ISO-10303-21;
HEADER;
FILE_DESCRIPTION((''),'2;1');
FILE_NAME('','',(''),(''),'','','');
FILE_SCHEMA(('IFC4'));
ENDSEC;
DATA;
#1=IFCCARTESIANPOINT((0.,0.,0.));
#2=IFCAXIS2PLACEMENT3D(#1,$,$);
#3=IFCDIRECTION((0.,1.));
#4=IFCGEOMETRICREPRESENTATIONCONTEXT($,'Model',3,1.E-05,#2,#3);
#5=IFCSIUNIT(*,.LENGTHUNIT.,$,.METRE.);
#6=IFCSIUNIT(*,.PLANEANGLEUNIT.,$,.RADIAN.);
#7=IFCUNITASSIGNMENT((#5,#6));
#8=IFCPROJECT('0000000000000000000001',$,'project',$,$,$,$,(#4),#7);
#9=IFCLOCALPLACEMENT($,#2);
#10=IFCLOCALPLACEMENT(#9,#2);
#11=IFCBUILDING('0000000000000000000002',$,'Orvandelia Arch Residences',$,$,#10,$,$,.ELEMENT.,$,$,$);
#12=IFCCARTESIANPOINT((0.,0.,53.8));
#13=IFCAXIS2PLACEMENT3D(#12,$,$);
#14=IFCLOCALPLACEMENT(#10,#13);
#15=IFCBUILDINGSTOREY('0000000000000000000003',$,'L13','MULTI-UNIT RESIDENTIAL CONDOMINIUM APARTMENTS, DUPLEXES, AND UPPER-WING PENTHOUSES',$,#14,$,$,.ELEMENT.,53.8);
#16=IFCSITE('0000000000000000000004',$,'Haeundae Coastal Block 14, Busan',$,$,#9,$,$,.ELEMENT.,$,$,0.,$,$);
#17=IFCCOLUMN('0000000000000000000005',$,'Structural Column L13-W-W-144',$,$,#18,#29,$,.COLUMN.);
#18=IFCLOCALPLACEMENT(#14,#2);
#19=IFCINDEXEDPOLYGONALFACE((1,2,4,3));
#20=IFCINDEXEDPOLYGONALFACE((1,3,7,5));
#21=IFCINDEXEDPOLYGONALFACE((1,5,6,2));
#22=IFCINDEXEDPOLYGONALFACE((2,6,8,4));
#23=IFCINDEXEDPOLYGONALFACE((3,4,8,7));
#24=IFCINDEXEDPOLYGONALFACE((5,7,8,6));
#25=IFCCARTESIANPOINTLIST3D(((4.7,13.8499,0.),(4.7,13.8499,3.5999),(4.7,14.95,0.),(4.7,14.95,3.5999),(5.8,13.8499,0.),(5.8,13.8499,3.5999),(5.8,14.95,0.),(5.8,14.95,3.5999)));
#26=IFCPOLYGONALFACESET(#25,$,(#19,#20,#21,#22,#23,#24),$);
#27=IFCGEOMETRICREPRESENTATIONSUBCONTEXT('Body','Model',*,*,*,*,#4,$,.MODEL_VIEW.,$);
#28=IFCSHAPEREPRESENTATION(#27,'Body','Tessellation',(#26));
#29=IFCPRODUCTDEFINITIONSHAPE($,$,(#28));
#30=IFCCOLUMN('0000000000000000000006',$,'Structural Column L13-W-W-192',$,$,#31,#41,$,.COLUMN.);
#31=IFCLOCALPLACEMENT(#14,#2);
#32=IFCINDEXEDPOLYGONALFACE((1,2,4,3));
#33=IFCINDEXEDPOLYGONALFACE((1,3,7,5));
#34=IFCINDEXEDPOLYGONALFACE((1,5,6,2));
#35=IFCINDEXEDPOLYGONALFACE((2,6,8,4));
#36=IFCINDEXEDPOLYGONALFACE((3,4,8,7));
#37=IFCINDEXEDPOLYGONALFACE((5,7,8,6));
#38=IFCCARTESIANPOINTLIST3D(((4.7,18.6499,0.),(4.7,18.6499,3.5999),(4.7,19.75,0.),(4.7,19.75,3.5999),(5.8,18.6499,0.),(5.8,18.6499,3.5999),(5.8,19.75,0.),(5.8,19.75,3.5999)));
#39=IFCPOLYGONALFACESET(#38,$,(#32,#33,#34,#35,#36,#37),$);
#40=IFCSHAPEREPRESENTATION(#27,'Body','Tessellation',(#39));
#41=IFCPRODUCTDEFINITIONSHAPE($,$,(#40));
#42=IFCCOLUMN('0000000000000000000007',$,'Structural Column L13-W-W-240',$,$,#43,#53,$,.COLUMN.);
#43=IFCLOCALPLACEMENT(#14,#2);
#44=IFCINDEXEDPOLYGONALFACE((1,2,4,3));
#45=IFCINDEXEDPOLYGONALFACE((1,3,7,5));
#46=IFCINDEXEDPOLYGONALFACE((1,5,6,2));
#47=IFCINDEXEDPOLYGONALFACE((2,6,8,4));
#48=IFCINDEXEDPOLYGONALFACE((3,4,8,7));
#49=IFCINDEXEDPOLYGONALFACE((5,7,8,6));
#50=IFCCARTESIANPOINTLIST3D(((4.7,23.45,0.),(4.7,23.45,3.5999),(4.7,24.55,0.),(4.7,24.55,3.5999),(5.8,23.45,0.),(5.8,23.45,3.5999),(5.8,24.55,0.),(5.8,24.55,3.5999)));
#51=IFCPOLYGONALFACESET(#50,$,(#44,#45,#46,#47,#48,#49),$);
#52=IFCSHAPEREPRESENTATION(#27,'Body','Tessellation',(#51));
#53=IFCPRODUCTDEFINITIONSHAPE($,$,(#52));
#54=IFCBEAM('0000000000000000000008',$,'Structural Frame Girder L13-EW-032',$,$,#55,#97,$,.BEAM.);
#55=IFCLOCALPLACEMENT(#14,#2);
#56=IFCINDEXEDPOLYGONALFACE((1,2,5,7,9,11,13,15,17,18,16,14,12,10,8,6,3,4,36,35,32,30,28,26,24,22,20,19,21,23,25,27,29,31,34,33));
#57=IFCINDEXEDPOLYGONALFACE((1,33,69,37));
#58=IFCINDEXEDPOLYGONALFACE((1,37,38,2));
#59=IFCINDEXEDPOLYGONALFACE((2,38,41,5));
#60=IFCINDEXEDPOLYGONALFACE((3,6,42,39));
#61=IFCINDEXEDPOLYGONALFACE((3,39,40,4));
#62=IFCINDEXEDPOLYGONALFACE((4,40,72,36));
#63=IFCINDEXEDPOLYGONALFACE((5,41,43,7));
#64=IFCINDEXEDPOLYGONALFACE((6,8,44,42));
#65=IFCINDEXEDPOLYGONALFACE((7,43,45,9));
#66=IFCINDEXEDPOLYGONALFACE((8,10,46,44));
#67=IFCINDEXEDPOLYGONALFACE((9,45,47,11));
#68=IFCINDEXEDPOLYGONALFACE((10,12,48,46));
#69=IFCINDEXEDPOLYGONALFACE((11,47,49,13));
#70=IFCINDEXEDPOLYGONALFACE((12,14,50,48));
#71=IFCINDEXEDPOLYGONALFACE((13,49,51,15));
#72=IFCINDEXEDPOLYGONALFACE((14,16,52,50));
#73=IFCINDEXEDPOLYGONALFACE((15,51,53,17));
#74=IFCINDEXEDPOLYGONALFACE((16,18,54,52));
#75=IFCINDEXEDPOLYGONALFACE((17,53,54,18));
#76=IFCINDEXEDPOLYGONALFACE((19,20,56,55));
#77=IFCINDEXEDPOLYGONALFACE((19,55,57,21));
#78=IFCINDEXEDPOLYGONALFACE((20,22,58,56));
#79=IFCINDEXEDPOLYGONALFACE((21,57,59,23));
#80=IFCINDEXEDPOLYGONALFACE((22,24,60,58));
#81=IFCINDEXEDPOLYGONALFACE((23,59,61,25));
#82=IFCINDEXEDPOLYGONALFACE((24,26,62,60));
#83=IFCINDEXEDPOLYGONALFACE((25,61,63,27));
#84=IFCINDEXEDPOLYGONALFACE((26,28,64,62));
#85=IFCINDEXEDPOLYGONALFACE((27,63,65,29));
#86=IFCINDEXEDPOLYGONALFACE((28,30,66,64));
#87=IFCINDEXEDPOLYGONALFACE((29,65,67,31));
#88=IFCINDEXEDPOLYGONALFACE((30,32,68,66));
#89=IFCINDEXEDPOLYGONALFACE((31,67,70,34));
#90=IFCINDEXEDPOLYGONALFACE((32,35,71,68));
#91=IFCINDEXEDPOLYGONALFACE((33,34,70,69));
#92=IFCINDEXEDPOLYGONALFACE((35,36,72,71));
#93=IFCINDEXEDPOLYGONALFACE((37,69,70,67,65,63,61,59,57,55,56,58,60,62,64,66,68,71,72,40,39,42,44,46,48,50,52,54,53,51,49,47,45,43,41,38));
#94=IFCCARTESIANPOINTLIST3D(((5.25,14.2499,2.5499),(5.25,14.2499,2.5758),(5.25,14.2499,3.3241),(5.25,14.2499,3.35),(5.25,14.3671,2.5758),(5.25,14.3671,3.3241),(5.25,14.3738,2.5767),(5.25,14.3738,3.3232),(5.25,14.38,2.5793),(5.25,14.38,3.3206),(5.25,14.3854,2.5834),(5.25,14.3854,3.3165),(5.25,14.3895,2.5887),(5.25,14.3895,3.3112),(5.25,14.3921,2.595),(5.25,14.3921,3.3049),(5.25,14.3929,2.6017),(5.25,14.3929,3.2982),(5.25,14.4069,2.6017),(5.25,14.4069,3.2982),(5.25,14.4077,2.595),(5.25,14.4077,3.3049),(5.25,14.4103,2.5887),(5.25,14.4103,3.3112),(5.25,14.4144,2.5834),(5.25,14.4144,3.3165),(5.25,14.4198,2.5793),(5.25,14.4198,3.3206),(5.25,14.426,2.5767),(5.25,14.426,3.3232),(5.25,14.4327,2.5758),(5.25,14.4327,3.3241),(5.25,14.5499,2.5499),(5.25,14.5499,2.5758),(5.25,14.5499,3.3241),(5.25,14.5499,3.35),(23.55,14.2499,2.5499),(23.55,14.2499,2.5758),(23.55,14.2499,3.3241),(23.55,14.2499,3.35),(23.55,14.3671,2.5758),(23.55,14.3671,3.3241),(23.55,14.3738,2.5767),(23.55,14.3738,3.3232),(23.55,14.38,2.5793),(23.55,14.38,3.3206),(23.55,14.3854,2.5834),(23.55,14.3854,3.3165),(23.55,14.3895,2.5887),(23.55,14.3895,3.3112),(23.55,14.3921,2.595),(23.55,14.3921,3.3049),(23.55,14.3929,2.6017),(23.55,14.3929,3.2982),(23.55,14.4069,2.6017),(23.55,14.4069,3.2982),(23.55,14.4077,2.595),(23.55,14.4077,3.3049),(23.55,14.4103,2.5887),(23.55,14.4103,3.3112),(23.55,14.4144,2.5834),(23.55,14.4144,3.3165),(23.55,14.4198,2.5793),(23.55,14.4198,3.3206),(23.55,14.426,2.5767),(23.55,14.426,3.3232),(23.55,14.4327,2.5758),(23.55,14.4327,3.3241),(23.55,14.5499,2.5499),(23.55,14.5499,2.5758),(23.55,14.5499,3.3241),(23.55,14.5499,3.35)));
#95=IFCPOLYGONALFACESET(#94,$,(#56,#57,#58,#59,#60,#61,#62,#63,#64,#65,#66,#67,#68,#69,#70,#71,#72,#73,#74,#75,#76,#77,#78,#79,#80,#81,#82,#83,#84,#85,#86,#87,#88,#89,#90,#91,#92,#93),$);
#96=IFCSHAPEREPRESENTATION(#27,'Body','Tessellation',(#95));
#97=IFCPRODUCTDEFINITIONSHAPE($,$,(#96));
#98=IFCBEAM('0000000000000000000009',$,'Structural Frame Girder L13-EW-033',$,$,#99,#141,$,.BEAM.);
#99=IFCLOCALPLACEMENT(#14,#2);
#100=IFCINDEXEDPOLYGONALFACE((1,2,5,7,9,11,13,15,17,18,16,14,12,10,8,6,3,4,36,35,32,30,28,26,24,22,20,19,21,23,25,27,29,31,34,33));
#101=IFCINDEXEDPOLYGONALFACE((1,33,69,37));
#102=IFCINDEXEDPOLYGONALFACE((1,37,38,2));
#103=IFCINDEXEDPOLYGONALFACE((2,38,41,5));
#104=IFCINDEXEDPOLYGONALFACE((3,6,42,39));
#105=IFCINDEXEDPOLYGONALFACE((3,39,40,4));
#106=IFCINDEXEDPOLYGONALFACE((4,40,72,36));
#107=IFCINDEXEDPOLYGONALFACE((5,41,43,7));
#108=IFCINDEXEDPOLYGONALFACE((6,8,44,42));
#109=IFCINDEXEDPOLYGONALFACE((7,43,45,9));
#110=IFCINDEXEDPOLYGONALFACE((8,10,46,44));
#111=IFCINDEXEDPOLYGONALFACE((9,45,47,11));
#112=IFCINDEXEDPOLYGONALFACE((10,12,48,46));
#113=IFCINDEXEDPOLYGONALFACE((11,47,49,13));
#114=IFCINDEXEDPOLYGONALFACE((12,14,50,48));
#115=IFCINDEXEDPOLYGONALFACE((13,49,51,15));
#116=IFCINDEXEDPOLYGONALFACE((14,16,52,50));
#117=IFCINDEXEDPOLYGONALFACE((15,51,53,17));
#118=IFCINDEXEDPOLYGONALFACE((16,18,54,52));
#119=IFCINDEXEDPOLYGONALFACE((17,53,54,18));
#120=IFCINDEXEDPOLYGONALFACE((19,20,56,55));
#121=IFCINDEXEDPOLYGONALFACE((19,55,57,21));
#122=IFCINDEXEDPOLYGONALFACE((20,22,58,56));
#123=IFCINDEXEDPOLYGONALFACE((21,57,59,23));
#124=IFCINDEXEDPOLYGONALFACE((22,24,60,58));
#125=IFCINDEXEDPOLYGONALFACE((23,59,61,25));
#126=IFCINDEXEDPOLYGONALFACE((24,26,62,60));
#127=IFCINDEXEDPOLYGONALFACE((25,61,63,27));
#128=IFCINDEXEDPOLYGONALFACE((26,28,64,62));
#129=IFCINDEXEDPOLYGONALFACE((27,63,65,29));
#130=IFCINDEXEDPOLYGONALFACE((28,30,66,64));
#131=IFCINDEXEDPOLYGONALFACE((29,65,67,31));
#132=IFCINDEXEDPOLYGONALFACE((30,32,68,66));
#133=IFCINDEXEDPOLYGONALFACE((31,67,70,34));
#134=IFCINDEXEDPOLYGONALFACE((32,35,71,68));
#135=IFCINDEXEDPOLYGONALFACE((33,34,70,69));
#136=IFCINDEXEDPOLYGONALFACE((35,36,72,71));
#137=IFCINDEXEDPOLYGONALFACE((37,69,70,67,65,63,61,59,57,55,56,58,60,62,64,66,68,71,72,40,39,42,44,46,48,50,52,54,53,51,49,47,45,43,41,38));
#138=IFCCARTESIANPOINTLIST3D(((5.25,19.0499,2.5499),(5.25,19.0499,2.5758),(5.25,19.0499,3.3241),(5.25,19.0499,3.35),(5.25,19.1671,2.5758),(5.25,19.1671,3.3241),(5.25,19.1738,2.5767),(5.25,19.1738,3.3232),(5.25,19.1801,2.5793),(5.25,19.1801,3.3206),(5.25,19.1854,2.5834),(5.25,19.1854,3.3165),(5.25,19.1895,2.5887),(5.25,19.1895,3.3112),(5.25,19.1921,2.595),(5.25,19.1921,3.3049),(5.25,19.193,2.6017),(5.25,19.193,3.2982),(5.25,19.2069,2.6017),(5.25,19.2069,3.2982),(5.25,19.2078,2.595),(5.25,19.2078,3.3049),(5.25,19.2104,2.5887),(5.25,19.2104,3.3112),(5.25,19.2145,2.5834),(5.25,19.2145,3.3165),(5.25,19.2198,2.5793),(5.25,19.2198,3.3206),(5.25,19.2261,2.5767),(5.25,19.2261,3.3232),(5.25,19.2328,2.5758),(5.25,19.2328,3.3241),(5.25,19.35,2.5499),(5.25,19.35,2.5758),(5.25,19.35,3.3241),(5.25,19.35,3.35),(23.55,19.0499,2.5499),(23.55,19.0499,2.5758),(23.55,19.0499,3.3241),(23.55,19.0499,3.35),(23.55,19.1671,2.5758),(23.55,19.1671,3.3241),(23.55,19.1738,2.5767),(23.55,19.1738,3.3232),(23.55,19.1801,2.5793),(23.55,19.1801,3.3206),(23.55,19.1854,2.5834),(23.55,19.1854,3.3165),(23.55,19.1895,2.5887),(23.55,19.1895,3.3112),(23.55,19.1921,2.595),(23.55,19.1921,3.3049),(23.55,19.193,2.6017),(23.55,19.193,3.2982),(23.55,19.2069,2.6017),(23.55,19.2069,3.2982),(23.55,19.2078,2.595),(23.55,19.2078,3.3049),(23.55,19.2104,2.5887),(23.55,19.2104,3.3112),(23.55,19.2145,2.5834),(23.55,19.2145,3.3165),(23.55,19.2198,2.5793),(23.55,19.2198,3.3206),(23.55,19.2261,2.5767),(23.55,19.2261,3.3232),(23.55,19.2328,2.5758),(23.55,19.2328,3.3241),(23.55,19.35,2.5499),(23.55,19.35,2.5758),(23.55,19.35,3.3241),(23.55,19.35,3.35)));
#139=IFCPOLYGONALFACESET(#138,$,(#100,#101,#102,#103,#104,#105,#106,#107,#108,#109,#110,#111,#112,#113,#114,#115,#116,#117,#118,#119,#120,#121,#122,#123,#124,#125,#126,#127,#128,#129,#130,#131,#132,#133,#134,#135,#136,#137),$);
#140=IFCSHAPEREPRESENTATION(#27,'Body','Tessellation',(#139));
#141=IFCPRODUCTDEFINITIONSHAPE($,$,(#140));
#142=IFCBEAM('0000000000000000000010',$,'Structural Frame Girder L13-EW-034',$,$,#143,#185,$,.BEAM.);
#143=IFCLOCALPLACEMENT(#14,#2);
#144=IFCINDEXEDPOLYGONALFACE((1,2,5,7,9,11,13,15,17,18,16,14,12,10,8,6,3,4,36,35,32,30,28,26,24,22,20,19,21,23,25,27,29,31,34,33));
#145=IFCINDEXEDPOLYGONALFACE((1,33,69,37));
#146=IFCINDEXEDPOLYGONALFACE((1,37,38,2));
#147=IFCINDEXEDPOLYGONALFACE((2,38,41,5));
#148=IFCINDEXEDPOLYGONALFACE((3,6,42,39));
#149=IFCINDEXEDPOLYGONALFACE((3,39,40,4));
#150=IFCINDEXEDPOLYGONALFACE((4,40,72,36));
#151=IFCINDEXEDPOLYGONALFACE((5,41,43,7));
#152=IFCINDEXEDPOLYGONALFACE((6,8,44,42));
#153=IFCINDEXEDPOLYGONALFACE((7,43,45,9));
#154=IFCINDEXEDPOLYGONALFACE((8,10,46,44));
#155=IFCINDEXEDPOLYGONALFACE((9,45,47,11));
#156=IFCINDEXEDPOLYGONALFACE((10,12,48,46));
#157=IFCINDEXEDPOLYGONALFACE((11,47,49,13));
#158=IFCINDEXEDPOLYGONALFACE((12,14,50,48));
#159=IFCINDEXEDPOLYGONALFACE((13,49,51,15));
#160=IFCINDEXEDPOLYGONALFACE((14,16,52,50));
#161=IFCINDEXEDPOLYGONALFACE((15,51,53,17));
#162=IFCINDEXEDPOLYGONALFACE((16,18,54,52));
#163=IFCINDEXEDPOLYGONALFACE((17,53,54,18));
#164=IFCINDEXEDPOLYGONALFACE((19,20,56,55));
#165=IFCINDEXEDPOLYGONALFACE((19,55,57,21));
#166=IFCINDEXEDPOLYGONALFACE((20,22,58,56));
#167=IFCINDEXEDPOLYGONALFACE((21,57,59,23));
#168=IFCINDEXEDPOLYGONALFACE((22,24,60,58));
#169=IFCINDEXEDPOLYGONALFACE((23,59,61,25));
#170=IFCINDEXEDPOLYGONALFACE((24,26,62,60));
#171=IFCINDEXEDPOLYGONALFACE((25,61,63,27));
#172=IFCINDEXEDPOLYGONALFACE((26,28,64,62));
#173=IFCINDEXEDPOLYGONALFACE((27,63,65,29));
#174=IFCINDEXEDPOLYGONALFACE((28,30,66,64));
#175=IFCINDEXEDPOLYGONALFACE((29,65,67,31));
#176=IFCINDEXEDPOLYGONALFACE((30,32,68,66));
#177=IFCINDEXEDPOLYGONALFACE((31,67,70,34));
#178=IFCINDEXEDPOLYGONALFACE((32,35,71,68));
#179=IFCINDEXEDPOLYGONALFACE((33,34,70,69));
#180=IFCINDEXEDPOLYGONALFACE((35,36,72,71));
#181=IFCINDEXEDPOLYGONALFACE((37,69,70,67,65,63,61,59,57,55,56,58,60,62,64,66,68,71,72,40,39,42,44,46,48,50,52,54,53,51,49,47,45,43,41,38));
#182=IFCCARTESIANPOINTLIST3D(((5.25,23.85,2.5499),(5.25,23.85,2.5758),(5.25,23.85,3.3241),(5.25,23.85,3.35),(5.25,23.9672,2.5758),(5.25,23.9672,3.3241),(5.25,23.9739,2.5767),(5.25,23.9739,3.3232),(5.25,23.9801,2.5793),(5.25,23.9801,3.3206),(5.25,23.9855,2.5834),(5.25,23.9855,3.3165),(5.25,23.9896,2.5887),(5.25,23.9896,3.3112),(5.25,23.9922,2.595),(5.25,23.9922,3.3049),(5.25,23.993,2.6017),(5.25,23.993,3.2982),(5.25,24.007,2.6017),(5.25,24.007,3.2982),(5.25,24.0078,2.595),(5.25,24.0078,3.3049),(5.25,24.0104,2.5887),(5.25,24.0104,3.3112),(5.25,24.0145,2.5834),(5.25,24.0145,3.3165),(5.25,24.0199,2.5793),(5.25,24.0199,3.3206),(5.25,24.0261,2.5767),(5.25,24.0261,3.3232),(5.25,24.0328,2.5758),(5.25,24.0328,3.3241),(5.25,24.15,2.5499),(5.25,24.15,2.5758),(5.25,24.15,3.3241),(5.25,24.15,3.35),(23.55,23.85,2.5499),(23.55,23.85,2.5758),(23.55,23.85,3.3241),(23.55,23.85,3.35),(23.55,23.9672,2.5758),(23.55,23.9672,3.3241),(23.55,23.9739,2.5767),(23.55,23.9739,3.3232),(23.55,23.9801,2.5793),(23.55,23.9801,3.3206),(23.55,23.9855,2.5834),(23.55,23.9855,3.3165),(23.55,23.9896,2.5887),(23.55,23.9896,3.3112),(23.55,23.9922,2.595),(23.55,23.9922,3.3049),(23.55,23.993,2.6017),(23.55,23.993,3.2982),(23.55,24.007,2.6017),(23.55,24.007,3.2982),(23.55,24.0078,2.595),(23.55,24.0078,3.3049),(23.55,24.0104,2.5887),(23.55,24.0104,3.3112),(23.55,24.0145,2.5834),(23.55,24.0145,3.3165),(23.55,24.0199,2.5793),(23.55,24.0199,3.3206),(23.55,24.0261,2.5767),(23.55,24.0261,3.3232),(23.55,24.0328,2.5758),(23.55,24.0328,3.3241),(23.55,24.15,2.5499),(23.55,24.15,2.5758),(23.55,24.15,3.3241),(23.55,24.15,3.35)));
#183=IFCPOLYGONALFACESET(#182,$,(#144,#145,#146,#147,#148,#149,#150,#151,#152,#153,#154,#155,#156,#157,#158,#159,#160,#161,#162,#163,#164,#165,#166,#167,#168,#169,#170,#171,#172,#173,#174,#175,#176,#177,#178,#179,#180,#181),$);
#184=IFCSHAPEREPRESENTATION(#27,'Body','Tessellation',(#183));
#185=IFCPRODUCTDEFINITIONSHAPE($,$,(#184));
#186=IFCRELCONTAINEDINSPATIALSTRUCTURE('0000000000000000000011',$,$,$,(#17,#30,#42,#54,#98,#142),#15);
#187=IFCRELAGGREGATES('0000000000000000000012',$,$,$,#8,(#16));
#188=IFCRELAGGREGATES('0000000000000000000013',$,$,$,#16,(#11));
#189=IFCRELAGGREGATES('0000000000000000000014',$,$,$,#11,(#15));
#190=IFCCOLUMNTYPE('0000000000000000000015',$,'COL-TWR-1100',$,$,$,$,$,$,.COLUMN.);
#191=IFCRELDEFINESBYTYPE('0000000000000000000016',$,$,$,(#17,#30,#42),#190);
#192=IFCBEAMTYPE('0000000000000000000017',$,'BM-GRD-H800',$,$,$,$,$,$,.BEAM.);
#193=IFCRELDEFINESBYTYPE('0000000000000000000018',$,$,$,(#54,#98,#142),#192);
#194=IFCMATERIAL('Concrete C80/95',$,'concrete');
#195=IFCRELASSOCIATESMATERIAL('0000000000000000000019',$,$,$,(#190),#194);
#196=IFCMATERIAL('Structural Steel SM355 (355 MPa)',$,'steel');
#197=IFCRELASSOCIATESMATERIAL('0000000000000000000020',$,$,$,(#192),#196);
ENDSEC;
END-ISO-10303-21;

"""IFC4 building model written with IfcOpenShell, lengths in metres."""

from ifc_helpers import new_model, si_unit, direction, frame, origin, origin_2d, place, context, subcontext, project, spatial, rectangle, i_section, extrude, material, material_profile, profile_set, type_object, element, save


model = new_model("IFC4")

# Units and contexts
model_context = context("Model", 3, precision=1e-05, world=origin(), true_north=direction((0.0, 1.0)))
body_context = subcontext(model_context, "Body", "Model", "MODEL_VIEW")
ifc_project = project(units=[si_unit("LENGTHUNIT", "METRE"), si_unit("PLANEANGLEUNIT", "RADIAN")], contexts=[model_context])

# Site, building, storey
site_placement = place(None, origin())
site = spatial("IfcSite", under=ifc_project, at=site_placement, Name="Haeundae Coastal Block 14, Busan", CompositionType="ELEMENT", RefElevation=0.0)
building_placement = place(site_placement, origin())
building = spatial("IfcBuilding", under=site, at=building_placement, Name="Orvandelia Arch Residences", CompositionType="ELEMENT")
storey_placement = place(building_placement, frame((0.0, 0.0, 53.8)))
storey = spatial("IfcBuildingStorey", under=building, at=storey_placement, Name="L13", Description="MULTI-UNIT RESIDENTIAL CONDOMINIUM APARTMENTS, DUPLEXES, AND UPPER-WING PENTHOUSES", CompositionType="ELEMENT", Elevation=53.8)

# Columns
ifc_material_1 = material(Name="Concrete C80/95", Category="concrete")
ifc_material_profile_1 = material_profile(ifc_material_1, rectangle(XDim=1.1001, YDim=1.1001, at=origin_2d()), Name="Concrete C80/95", Category="concrete")
ifc_profile_set_1 = profile_set([ifc_material_profile_1], Name="Concrete C80/95")
column_type = type_object("IfcColumnType", Name="COL-TWR-1100", PredefinedType="COLUMN", material=ifc_profile_set_1)
for number, where, z_axis, x_axis, name in (
    (1, (5.25, 14.3999, 0.0), (0.0, 0.0, 1.0), (1.0, 0.0, 0.0), "Structural Column L13-W-W-144"),
    (2, (5.25, 19.2, 0.0), (0.0, 0.0, 1.0), (1.0, 0.0, 0.0), "Structural Column L13-W-W-192"),
    (3, (5.25, 24.0, 0.0), (0.0, 0.0, 1.0), (1.0, 0.0, 0.0), "Structural Column L13-W-W-240"),
):
    element("IfcColumn", number, at=place(storey_placement, frame(where, z_axis=z_axis, x_axis=x_axis)), inside=storey, type_object=column_type, Name=name, PredefinedType="COLUMN", context=body_context, shape_type="SweptSolid", body=[
        extrude(rectangle(XDim=1.1001, YDim=1.1001, at=origin_2d()), origin(), (0.0, 0.0, 1.0), 3.5999),
    ])

# Beams
ifc_material_2 = material(Name="Structural Steel SM355 (355 MPa)", Category="steel")
ifc_material_profile_2 = material_profile(ifc_material_2, i_section(OverallWidth=0.3, OverallDepth=0.8, WebThickness=0.0139, FlangeThickness=0.0259, FilletRadius=0.0259, at=origin_2d()), Name="Structural Steel SM355 (355 MPa)", Category="steel")
ifc_profile_set_2 = profile_set([ifc_material_profile_2], Name="Structural Steel SM355 (355 MPa)")
beam_type_1 = type_object("IfcBeamType", Name="BM-GRD-H800", PredefinedType="BEAM", material=ifc_profile_set_2)
for number, where, z_axis, x_axis, name in (
    (4, (5.25, 14.3999, 2.95), (1.0, 0.0, 0.0), (0.0, 1.0, 0.0), "Structural Frame Girder L13-EW-032"),
    (5, (5.25, 19.2, 2.95), (1.0, 0.0, 0.0), (0.0, 1.0, 0.0), "Structural Frame Girder L13-EW-033"),
    (6, (5.25, 24.0, 2.95), (1.0, 0.0, 0.0), (0.0, 1.0, 0.0), "Structural Frame Girder L13-EW-034"),
):
    element("IfcBeam", number, at=place(storey_placement, frame(where, z_axis=z_axis, x_axis=x_axis)), inside=storey, type_object=beam_type_1, Name=name, PredefinedType="BEAM", context=body_context, shape_type="SweptSolid", body=[
        extrude(i_section(OverallWidth=0.3, OverallDepth=0.8, WebThickness=0.0139, FlangeThickness=0.0259, FilletRadius=0.0259, at=origin_2d()), origin(), (0.0, 0.0, 1.0), 18.3),
    ])

save(model, "model.ifc")
